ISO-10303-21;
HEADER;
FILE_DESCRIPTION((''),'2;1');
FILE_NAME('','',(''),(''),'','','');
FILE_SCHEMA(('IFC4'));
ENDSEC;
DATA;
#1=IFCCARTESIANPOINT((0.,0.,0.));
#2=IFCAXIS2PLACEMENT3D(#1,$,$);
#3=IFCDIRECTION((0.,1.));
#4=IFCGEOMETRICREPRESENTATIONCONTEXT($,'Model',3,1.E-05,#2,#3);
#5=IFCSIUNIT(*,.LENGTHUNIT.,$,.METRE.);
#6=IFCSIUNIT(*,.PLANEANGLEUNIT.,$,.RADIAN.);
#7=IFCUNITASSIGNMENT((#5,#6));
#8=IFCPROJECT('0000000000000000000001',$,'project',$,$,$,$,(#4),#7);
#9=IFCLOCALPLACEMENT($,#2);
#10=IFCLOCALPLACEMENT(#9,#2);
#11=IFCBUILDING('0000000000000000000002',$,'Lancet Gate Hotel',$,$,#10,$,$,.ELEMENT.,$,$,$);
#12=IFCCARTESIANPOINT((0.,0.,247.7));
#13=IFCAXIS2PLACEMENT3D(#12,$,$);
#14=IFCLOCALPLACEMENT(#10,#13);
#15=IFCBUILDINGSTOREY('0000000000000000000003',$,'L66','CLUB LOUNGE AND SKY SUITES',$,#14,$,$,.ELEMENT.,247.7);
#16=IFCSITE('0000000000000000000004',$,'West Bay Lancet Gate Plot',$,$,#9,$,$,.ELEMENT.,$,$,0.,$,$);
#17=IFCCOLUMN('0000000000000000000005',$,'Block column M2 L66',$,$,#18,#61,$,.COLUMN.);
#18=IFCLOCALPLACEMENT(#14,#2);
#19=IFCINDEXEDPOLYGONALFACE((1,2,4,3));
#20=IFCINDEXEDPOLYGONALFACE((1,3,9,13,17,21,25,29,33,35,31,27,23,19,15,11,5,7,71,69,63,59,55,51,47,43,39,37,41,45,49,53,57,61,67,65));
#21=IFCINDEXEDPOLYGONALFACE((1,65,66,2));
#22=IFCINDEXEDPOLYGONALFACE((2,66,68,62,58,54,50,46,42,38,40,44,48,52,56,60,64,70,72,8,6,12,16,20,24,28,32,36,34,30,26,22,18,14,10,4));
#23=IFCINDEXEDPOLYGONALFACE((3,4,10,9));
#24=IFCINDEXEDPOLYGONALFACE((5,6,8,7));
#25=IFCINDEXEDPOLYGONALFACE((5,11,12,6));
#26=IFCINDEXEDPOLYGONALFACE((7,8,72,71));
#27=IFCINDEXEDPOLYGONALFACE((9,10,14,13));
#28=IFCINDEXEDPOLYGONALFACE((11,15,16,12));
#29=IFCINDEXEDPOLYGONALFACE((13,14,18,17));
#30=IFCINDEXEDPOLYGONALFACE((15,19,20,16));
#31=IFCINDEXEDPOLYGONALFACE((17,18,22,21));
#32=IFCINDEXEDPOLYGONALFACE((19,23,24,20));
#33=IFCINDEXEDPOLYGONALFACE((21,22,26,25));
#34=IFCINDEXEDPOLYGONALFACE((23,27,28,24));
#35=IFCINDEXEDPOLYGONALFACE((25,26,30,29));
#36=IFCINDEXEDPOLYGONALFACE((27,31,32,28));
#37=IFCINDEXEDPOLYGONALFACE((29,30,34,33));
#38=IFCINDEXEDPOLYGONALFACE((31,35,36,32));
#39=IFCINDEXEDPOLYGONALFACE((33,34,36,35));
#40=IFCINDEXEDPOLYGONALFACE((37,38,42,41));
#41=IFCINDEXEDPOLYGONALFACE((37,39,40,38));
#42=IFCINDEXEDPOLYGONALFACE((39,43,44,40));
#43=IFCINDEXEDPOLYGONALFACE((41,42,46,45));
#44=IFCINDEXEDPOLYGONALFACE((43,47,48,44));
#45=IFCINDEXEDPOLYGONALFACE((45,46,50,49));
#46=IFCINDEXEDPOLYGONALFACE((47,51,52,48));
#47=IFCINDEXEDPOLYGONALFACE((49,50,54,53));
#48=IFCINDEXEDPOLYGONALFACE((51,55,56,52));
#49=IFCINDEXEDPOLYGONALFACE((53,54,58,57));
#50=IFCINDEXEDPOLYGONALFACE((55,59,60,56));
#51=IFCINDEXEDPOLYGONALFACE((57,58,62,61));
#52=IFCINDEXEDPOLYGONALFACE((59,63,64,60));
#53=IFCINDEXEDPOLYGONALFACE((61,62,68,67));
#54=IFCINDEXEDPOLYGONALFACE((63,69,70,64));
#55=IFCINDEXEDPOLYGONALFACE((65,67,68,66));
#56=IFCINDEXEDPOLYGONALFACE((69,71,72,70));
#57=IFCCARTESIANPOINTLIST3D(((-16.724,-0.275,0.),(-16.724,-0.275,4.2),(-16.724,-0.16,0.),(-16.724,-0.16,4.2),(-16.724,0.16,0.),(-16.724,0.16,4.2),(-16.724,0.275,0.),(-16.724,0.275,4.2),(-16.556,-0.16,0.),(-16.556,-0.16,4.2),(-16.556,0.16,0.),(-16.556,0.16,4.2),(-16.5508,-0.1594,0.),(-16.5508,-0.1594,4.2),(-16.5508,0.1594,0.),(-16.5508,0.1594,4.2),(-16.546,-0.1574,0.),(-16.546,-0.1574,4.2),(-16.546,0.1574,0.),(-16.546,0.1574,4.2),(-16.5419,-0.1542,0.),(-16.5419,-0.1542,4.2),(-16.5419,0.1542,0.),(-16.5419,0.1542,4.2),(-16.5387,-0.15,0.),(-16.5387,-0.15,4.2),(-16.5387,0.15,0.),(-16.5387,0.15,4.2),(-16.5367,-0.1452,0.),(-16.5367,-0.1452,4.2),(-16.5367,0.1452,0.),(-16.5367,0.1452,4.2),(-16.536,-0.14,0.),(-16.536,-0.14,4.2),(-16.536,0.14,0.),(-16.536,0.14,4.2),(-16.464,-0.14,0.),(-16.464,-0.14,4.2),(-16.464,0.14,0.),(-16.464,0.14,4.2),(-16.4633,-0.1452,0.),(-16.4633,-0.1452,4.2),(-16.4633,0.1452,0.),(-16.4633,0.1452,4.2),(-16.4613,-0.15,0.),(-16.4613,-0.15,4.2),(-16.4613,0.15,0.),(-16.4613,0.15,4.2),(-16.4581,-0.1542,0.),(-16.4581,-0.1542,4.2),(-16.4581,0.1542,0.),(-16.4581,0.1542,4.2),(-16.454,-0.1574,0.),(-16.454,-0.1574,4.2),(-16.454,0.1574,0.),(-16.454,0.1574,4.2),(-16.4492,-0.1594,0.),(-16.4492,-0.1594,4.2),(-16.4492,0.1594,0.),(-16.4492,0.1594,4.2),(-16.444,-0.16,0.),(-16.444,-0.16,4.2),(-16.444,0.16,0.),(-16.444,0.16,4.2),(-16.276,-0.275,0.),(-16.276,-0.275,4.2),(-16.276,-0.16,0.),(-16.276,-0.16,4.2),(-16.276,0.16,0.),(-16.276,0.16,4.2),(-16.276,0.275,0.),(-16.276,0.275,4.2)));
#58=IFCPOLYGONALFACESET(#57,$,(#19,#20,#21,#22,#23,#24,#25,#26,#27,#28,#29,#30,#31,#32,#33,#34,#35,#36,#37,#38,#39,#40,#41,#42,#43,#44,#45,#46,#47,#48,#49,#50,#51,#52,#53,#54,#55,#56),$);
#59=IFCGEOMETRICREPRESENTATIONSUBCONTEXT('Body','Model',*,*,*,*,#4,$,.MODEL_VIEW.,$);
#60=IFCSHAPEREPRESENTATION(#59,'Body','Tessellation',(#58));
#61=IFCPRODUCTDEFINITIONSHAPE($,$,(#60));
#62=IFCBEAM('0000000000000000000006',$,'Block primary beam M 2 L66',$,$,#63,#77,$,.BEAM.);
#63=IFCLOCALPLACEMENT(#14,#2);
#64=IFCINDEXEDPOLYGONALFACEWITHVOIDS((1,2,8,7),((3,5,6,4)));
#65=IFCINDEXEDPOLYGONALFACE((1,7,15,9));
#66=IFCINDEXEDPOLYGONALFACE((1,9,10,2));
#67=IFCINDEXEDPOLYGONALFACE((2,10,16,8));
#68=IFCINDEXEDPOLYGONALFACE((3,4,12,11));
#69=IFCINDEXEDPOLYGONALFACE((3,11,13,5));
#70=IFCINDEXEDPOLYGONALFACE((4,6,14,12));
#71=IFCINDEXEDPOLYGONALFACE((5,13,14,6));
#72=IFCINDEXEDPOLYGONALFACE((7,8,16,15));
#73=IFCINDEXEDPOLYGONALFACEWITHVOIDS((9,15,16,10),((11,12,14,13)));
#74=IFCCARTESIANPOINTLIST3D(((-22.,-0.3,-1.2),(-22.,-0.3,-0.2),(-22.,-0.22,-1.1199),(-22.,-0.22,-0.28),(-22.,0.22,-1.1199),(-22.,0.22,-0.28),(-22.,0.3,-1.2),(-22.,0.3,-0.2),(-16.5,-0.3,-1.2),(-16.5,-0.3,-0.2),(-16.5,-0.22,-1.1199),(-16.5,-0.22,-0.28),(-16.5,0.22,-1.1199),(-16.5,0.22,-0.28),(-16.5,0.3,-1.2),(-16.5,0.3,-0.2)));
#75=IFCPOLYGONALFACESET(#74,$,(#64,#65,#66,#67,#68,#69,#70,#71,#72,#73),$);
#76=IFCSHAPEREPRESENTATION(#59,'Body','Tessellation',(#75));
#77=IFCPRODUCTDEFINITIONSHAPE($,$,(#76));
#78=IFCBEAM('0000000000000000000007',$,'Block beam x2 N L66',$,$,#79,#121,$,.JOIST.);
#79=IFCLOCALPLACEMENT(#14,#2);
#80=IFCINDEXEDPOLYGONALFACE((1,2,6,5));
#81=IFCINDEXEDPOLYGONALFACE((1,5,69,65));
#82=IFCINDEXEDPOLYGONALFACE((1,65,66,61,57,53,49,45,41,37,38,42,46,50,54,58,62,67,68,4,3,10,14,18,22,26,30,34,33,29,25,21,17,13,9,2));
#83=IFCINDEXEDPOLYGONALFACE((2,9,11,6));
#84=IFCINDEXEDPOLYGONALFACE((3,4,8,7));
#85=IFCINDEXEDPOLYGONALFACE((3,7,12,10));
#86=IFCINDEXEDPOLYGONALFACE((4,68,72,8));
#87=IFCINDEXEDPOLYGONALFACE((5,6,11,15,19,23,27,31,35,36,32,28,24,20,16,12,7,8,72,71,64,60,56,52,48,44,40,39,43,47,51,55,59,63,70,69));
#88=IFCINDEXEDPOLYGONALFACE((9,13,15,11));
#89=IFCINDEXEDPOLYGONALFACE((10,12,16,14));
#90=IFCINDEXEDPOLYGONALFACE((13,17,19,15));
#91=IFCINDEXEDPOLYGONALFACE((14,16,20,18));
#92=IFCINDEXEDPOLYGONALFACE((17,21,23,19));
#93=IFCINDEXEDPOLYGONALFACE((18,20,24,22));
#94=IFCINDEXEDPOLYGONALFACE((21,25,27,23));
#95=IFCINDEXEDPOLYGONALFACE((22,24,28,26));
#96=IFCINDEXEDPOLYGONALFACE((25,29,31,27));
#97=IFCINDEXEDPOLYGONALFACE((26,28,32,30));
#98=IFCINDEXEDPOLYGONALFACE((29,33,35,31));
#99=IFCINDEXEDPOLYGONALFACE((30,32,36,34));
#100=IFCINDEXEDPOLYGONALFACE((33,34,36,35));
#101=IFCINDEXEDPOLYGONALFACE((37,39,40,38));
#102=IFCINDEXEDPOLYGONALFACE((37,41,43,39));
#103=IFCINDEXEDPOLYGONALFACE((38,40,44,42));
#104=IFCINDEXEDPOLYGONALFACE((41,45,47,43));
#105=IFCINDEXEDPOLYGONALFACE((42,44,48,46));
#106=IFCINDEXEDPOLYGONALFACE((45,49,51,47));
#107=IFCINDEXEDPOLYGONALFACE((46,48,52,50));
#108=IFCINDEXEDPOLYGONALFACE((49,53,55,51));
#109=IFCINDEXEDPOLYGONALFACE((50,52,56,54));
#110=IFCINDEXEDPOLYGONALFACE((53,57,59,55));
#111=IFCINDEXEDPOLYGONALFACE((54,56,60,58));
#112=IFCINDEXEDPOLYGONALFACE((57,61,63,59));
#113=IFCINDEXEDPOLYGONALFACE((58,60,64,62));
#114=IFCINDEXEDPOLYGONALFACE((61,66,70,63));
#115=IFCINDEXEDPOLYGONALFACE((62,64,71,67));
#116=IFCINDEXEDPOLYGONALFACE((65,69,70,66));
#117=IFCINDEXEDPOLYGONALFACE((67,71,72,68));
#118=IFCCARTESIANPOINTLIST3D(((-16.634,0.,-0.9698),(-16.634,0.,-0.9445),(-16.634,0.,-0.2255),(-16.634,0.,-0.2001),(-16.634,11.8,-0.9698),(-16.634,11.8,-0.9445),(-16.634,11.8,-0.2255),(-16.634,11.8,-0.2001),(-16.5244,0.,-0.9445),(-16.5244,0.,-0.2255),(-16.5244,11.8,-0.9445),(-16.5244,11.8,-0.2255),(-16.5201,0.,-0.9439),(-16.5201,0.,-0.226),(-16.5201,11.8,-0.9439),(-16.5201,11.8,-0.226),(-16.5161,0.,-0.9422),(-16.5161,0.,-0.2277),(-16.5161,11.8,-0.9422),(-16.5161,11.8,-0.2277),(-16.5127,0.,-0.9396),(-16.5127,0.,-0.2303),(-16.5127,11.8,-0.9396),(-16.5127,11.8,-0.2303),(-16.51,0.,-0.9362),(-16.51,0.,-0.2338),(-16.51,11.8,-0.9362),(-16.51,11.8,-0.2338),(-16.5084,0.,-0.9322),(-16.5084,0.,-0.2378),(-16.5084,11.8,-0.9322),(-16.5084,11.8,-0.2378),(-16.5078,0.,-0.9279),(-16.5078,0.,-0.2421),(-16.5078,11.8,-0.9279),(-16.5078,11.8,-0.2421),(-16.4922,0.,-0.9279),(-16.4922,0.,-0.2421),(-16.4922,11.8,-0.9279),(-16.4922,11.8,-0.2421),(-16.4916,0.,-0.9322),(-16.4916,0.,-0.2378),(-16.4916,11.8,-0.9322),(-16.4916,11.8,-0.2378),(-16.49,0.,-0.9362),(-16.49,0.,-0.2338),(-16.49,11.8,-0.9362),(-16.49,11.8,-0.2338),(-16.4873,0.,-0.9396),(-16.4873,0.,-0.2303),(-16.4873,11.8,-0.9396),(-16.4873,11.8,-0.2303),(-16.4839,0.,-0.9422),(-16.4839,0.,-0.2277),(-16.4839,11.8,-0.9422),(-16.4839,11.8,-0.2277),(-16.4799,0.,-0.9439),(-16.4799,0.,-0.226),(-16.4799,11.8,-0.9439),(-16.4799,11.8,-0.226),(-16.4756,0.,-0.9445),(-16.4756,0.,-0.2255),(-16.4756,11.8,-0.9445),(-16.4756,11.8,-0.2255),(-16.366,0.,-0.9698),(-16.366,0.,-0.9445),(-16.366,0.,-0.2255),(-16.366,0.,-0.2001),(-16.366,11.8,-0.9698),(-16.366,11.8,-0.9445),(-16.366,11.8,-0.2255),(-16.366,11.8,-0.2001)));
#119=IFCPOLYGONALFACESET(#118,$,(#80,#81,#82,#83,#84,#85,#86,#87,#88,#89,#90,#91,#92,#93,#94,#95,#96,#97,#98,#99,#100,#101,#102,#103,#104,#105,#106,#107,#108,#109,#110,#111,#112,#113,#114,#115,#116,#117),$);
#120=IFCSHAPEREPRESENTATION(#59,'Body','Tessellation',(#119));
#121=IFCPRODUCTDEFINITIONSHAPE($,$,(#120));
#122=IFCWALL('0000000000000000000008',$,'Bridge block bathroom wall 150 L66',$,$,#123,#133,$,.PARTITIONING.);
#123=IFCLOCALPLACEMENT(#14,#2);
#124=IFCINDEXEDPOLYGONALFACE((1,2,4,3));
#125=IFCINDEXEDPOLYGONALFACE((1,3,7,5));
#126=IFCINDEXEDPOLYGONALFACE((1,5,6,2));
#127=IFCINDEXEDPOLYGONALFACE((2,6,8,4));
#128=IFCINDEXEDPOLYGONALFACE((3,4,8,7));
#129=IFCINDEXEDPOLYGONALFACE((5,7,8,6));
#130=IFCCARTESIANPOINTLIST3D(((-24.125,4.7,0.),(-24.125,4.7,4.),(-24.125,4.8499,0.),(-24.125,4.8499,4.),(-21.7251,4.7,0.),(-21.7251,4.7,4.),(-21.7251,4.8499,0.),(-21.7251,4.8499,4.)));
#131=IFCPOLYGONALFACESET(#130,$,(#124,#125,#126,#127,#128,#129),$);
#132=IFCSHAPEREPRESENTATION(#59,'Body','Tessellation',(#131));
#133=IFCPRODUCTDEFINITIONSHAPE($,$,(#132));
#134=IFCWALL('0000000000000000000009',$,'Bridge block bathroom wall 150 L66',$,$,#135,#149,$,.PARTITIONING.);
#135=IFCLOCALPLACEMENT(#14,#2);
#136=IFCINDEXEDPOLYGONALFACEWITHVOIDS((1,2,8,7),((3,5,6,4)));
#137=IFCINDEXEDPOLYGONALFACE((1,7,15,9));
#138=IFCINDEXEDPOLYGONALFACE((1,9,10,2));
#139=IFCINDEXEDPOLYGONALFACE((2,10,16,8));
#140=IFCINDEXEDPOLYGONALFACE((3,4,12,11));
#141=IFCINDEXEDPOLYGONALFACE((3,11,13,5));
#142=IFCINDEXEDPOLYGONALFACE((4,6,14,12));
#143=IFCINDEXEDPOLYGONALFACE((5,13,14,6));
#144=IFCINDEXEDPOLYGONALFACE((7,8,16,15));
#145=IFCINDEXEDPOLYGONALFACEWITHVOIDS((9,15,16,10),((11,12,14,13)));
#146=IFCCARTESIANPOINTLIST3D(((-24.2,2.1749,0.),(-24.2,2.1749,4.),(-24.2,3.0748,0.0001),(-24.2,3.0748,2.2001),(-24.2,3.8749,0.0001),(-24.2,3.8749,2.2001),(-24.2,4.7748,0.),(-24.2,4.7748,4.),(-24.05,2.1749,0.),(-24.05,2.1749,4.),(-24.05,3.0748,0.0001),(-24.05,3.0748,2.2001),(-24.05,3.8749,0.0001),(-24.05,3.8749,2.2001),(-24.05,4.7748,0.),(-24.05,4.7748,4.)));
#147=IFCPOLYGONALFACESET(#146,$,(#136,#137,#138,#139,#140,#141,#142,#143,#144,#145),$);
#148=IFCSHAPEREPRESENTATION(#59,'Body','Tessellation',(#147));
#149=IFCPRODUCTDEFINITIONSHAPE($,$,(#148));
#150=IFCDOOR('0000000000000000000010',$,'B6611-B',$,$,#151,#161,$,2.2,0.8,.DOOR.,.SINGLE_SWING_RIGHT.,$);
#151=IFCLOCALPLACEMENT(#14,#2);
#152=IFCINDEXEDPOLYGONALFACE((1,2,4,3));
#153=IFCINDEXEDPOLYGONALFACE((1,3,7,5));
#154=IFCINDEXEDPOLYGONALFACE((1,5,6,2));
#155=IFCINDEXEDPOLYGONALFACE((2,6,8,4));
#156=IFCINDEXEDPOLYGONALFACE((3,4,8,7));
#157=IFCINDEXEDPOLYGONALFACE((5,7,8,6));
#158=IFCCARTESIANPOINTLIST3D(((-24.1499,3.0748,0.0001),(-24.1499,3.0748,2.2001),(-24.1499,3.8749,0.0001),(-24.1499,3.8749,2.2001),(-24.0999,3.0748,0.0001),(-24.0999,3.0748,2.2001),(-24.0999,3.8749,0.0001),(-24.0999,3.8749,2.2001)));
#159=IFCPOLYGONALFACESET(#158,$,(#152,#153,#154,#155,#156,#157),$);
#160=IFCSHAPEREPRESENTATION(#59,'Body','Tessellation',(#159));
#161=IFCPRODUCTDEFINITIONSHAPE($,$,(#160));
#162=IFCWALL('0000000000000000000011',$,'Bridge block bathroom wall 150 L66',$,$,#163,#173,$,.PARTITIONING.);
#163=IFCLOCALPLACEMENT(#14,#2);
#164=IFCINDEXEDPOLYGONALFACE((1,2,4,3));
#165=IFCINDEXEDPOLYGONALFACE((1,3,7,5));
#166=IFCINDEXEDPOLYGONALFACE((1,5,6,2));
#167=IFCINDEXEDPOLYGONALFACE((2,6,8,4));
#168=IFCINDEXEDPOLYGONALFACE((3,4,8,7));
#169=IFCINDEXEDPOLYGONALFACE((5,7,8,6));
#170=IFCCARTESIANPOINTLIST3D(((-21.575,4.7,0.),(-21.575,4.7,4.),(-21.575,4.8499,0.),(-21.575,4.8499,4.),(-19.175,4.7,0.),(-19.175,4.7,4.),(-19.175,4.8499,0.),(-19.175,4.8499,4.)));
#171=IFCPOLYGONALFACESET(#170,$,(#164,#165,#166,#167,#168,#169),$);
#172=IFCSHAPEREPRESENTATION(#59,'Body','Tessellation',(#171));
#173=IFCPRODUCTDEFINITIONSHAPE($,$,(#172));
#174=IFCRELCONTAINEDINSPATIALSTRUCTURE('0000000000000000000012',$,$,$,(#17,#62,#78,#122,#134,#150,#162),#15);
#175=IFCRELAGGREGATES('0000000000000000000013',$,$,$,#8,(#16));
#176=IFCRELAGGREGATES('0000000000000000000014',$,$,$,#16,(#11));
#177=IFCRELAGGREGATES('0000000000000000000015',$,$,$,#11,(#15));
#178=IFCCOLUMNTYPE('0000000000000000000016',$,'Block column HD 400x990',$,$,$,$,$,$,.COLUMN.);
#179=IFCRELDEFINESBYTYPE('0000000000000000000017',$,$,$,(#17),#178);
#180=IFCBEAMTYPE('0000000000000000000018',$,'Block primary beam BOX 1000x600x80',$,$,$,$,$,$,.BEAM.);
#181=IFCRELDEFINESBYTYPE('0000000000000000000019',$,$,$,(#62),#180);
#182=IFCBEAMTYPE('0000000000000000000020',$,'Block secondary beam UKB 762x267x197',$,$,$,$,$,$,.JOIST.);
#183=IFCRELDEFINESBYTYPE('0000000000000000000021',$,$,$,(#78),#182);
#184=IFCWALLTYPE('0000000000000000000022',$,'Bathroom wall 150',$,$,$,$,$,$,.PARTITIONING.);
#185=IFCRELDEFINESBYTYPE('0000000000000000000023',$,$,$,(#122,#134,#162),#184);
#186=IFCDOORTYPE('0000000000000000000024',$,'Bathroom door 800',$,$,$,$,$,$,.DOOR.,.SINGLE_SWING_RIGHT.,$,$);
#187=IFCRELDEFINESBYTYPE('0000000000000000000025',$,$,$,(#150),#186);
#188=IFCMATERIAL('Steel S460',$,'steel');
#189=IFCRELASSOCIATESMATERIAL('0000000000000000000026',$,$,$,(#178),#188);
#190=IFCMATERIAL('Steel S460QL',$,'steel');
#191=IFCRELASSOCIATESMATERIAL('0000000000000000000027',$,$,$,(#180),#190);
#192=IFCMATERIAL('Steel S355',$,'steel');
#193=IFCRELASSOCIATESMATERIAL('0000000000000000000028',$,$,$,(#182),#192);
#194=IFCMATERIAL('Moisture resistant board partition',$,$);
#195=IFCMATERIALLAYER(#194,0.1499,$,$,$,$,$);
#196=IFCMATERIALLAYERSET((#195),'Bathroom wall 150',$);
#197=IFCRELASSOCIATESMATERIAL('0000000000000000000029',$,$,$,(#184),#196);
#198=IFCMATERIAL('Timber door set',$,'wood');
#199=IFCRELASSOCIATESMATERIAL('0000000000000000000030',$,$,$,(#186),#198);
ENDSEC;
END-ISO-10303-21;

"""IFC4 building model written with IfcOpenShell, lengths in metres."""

from ifc_helpers import new_model, si_unit, direction, frame, frame_2d, origin, origin_2d, place, context, subcontext, project, spatial, rectangle, hollow_rectangle, i_section, extrude, material, layer, layer_set, material_profile, profile_set, type_object, element, fill, save


model = new_model("IFC4")

# Units and contexts
model_context = context("Model", 3, precision=1e-05, world=origin(), true_north=direction((0.0, 1.0)))
body_context = subcontext(model_context, "Body", "Model", "MODEL_VIEW")
ifc_project = project(units=[si_unit("LENGTHUNIT", "METRE"), si_unit("PLANEANGLEUNIT", "RADIAN")], contexts=[model_context])

# Site, building, storey
site_placement = place(None, origin())
site = spatial("IfcSite", under=ifc_project, at=site_placement, Name="West Bay Lancet Gate Plot", CompositionType="ELEMENT", RefElevation=0.0)
building_placement = place(site_placement, origin())
building = spatial("IfcBuilding", under=site, at=building_placement, Name="Lancet Gate Hotel", CompositionType="ELEMENT")
storey_placement = place(building_placement, frame((0.0, 0.0, 247.7)))
storey = spatial("IfcBuildingStorey", under=building, at=storey_placement, Name="L66", Description="CLUB LOUNGE AND SKY SUITES", CompositionType="ELEMENT", Elevation=247.7)

# Column
ifc_material_1 = material(Name="Steel S460", Category="steel")
ifc_material_profile_1 = material_profile(ifc_material_1, i_section(OverallWidth=0.448, OverallDepth=0.55, WebThickness=0.072, FlangeThickness=0.115, FilletRadius=0.02, at=origin_2d()), Name="HD 400x990")
ifc_profile_set_1 = profile_set([ifc_material_profile_1], Name="Steel S460")
column_type = type_object("IfcColumnType", Name="Block column HD 400x990", PredefinedType="COLUMN", material=ifc_profile_set_1)
column_placement = place(storey_placement, frame((-16.5, 0.0, 0.0), z_axis=(0.0, 0.0, 1.0), x_axis=(1.0, 0.0, 0.0)))
element("IfcColumn", 1, at=column_placement, inside=storey, type_object=column_type, Name="Block column M2 L66", PredefinedType="COLUMN", context=body_context, shape_type="SweptSolid", body=[
    extrude(i_section(OverallWidth=0.448, OverallDepth=0.55, WebThickness=0.072, FlangeThickness=0.115, FilletRadius=0.02, at=origin_2d()), origin(), (0.0, 0.0, 1.0), 4.2),
])

# Beams
ifc_material_2 = material(Name="Steel S460QL", Category="steel")
ifc_material_profile_2 = material_profile(ifc_material_2, hollow_rectangle(XDim=0.6001, YDim=1.0, WallThickness=0.0801, at=origin_2d()), Name="BOX 1000x600x80")
ifc_profile_set_2 = profile_set([ifc_material_profile_2], Name="Steel S460QL")
beam_type_1 = type_object("IfcBeamType", Name="Block primary beam BOX 1000x600x80", PredefinedType="BEAM", material=ifc_profile_set_2)
beam_1_placement = place(storey_placement, frame((-22.0, 0.0, -0.7), z_axis=(1.0, 0.0, 0.0), x_axis=(0.0, 1.0, 0.0)))
element("IfcBeam", 2, at=beam_1_placement, inside=storey, type_object=beam_type_1, Name="Block primary beam M 2 L66", PredefinedType="BEAM", context=body_context, shape_type="SweptSolid", body=[
    extrude(hollow_rectangle(XDim=0.6001, YDim=1.0, WallThickness=0.0801, at=origin_2d()), origin(), (0.0, 0.0, 1.0), 5.5),
])
ifc_material_3 = material(Name="Steel S355", Category="steel")
ifc_material_profile_3 = material_profile(ifc_material_3, i_section(OverallWidth=0.2681, OverallDepth=0.7698, WebThickness=0.0156, FlangeThickness=0.0254, FilletRadius=0.0166, at=origin_2d()), Name="UKB 762x267x197")
ifc_profile_set_3 = profile_set([ifc_material_profile_3], Name="Steel S355")
beam_type_2 = type_object("IfcBeamType", Name="Block secondary beam UKB 762x267x197", PredefinedType="JOIST", material=ifc_profile_set_3)
beam_2_placement = place(storey_placement, frame((-16.5, 0.0, -0.585), z_axis=(0.0, 1.0, 0.0), x_axis=(-1.0, 0.0, 0.0)))
element("IfcBeam", 3, at=beam_2_placement, inside=storey, type_object=beam_type_2, Name="Block beam x2 N L66", PredefinedType="JOIST", context=body_context, shape_type="SweptSolid", body=[
    extrude(i_section(OverallWidth=0.2681, OverallDepth=0.7698, WebThickness=0.0156, FlangeThickness=0.0254, FilletRadius=0.0166, at=origin_2d()), origin(), (0.0, 0.0, 1.0), 11.8),
])

# Wall
ifc_material_4 = material(Name="Moisture resistant board partition")
ifc_layer_1 = layer(ifc_material_4, 0.1499)
ifc_layer_set_1 = layer_set([ifc_layer_1], Name="Bathroom wall 150")
wall_type_1 = type_object("IfcWallType", Name="Bathroom wall 150", PredefinedType="PARTITIONING", material=ifc_layer_set_1)
wall_1_placement = place(storey_placement, frame((-24.125, 4.7749, 0.0), z_axis=(0.0, 0.0, 1.0), x_axis=(1.0, 0.0, 0.0)))
element("IfcWall", 4, at=wall_1_placement, inside=storey, type_object=wall_type_1, Name="Bridge block bathroom wall 150 L66", PredefinedType="PARTITIONING", context=body_context, shape_type="SweptSolid", body=[
    extrude(rectangle(XDim=2.3999, YDim=0.1499, at=frame_2d((1.2, 0.0))), origin(), (0.0, 0.0, 1.0), 4.0),
])

# Wall, opening, door
wall_2_placement = place(storey_placement, frame((-24.125, 2.175, 0.0), z_axis=(0.0, 0.0, 1.0), x_axis=(0.0, 1.0, 0.0)))
wall_2 = element("IfcWall", 5, at=wall_2_placement, inside=storey, type_object=wall_type_1, Name="Bridge block bathroom wall 150 L66", PredefinedType="PARTITIONING", context=body_context, shape_type="SweptSolid", body=[
    extrude(rectangle(XDim=2.5999, YDim=0.1499, at=frame_2d((1.2998, 0.0))), origin(), (0.0, 0.0, 1.0), 4.0),
])
opening_1_placement = place(wall_2_placement, frame((0.8999, 0.0, 0.0)))
opening_1 = element("IfcOpeningElement", 6, at=opening_1_placement, cuts=wall_2, PredefinedType="OPENING", context=body_context, shape_type="SweptSolid", body=[
    extrude(rectangle(XDim=0.8, YDim=2.2, at=frame_2d((0.3999, 1.1001))), frame((0.0, 0.085, 0.0), z_axis=(0.0, -1.0, 0.0), x_axis=(1.0, 0.0, 0.0)), (0.0, 0.0, 1.0), 0.1699),
])
ifc_material_5 = material(Name="Timber door set", Category="wood")
door_type = type_object("IfcDoorType", Name="Bathroom door 800", OperationType="SINGLE_SWING_RIGHT", PredefinedType="DOOR", material=ifc_material_5)
door_1_placement = place(opening_1_placement, origin())
door_1 = element("IfcDoor", 7, at=door_1_placement, inside=storey, type_object=door_type, Name="B6611-B", OperationType="SINGLE_SWING_RIGHT", OverallHeight=2.2, OverallWidth=0.8, PredefinedType="DOOR", context=body_context, shape_type="SweptSolid", body=[
    extrude(rectangle(XDim=0.8, YDim=2.2, at=frame_2d((0.3999, 1.1001))), frame((0.0, 0.0249, 0.0), z_axis=(0.0, -1.0, 0.0), x_axis=(1.0, 0.0, 0.0)), (0.0, 0.0, 1.0), 0.05),
])
fill(opening_1, door_1)

# Wall
wall_3_placement = place(storey_placement, frame((-21.575, 4.7749, 0.0), z_axis=(0.0, 0.0, 1.0), x_axis=(1.0, 0.0, 0.0)))
element("IfcWall", 8, at=wall_3_placement, inside=storey, type_object=wall_type_1, Name="Bridge block bathroom wall 150 L66", PredefinedType="PARTITIONING", context=body_context, shape_type="SweptSolid", body=[
    extrude(rectangle(XDim=2.3999, YDim=0.1499, at=frame_2d((1.2, 0.0))), origin(), (0.0, 0.0, 1.0), 4.0),
])

save(model, "model.ifc")
